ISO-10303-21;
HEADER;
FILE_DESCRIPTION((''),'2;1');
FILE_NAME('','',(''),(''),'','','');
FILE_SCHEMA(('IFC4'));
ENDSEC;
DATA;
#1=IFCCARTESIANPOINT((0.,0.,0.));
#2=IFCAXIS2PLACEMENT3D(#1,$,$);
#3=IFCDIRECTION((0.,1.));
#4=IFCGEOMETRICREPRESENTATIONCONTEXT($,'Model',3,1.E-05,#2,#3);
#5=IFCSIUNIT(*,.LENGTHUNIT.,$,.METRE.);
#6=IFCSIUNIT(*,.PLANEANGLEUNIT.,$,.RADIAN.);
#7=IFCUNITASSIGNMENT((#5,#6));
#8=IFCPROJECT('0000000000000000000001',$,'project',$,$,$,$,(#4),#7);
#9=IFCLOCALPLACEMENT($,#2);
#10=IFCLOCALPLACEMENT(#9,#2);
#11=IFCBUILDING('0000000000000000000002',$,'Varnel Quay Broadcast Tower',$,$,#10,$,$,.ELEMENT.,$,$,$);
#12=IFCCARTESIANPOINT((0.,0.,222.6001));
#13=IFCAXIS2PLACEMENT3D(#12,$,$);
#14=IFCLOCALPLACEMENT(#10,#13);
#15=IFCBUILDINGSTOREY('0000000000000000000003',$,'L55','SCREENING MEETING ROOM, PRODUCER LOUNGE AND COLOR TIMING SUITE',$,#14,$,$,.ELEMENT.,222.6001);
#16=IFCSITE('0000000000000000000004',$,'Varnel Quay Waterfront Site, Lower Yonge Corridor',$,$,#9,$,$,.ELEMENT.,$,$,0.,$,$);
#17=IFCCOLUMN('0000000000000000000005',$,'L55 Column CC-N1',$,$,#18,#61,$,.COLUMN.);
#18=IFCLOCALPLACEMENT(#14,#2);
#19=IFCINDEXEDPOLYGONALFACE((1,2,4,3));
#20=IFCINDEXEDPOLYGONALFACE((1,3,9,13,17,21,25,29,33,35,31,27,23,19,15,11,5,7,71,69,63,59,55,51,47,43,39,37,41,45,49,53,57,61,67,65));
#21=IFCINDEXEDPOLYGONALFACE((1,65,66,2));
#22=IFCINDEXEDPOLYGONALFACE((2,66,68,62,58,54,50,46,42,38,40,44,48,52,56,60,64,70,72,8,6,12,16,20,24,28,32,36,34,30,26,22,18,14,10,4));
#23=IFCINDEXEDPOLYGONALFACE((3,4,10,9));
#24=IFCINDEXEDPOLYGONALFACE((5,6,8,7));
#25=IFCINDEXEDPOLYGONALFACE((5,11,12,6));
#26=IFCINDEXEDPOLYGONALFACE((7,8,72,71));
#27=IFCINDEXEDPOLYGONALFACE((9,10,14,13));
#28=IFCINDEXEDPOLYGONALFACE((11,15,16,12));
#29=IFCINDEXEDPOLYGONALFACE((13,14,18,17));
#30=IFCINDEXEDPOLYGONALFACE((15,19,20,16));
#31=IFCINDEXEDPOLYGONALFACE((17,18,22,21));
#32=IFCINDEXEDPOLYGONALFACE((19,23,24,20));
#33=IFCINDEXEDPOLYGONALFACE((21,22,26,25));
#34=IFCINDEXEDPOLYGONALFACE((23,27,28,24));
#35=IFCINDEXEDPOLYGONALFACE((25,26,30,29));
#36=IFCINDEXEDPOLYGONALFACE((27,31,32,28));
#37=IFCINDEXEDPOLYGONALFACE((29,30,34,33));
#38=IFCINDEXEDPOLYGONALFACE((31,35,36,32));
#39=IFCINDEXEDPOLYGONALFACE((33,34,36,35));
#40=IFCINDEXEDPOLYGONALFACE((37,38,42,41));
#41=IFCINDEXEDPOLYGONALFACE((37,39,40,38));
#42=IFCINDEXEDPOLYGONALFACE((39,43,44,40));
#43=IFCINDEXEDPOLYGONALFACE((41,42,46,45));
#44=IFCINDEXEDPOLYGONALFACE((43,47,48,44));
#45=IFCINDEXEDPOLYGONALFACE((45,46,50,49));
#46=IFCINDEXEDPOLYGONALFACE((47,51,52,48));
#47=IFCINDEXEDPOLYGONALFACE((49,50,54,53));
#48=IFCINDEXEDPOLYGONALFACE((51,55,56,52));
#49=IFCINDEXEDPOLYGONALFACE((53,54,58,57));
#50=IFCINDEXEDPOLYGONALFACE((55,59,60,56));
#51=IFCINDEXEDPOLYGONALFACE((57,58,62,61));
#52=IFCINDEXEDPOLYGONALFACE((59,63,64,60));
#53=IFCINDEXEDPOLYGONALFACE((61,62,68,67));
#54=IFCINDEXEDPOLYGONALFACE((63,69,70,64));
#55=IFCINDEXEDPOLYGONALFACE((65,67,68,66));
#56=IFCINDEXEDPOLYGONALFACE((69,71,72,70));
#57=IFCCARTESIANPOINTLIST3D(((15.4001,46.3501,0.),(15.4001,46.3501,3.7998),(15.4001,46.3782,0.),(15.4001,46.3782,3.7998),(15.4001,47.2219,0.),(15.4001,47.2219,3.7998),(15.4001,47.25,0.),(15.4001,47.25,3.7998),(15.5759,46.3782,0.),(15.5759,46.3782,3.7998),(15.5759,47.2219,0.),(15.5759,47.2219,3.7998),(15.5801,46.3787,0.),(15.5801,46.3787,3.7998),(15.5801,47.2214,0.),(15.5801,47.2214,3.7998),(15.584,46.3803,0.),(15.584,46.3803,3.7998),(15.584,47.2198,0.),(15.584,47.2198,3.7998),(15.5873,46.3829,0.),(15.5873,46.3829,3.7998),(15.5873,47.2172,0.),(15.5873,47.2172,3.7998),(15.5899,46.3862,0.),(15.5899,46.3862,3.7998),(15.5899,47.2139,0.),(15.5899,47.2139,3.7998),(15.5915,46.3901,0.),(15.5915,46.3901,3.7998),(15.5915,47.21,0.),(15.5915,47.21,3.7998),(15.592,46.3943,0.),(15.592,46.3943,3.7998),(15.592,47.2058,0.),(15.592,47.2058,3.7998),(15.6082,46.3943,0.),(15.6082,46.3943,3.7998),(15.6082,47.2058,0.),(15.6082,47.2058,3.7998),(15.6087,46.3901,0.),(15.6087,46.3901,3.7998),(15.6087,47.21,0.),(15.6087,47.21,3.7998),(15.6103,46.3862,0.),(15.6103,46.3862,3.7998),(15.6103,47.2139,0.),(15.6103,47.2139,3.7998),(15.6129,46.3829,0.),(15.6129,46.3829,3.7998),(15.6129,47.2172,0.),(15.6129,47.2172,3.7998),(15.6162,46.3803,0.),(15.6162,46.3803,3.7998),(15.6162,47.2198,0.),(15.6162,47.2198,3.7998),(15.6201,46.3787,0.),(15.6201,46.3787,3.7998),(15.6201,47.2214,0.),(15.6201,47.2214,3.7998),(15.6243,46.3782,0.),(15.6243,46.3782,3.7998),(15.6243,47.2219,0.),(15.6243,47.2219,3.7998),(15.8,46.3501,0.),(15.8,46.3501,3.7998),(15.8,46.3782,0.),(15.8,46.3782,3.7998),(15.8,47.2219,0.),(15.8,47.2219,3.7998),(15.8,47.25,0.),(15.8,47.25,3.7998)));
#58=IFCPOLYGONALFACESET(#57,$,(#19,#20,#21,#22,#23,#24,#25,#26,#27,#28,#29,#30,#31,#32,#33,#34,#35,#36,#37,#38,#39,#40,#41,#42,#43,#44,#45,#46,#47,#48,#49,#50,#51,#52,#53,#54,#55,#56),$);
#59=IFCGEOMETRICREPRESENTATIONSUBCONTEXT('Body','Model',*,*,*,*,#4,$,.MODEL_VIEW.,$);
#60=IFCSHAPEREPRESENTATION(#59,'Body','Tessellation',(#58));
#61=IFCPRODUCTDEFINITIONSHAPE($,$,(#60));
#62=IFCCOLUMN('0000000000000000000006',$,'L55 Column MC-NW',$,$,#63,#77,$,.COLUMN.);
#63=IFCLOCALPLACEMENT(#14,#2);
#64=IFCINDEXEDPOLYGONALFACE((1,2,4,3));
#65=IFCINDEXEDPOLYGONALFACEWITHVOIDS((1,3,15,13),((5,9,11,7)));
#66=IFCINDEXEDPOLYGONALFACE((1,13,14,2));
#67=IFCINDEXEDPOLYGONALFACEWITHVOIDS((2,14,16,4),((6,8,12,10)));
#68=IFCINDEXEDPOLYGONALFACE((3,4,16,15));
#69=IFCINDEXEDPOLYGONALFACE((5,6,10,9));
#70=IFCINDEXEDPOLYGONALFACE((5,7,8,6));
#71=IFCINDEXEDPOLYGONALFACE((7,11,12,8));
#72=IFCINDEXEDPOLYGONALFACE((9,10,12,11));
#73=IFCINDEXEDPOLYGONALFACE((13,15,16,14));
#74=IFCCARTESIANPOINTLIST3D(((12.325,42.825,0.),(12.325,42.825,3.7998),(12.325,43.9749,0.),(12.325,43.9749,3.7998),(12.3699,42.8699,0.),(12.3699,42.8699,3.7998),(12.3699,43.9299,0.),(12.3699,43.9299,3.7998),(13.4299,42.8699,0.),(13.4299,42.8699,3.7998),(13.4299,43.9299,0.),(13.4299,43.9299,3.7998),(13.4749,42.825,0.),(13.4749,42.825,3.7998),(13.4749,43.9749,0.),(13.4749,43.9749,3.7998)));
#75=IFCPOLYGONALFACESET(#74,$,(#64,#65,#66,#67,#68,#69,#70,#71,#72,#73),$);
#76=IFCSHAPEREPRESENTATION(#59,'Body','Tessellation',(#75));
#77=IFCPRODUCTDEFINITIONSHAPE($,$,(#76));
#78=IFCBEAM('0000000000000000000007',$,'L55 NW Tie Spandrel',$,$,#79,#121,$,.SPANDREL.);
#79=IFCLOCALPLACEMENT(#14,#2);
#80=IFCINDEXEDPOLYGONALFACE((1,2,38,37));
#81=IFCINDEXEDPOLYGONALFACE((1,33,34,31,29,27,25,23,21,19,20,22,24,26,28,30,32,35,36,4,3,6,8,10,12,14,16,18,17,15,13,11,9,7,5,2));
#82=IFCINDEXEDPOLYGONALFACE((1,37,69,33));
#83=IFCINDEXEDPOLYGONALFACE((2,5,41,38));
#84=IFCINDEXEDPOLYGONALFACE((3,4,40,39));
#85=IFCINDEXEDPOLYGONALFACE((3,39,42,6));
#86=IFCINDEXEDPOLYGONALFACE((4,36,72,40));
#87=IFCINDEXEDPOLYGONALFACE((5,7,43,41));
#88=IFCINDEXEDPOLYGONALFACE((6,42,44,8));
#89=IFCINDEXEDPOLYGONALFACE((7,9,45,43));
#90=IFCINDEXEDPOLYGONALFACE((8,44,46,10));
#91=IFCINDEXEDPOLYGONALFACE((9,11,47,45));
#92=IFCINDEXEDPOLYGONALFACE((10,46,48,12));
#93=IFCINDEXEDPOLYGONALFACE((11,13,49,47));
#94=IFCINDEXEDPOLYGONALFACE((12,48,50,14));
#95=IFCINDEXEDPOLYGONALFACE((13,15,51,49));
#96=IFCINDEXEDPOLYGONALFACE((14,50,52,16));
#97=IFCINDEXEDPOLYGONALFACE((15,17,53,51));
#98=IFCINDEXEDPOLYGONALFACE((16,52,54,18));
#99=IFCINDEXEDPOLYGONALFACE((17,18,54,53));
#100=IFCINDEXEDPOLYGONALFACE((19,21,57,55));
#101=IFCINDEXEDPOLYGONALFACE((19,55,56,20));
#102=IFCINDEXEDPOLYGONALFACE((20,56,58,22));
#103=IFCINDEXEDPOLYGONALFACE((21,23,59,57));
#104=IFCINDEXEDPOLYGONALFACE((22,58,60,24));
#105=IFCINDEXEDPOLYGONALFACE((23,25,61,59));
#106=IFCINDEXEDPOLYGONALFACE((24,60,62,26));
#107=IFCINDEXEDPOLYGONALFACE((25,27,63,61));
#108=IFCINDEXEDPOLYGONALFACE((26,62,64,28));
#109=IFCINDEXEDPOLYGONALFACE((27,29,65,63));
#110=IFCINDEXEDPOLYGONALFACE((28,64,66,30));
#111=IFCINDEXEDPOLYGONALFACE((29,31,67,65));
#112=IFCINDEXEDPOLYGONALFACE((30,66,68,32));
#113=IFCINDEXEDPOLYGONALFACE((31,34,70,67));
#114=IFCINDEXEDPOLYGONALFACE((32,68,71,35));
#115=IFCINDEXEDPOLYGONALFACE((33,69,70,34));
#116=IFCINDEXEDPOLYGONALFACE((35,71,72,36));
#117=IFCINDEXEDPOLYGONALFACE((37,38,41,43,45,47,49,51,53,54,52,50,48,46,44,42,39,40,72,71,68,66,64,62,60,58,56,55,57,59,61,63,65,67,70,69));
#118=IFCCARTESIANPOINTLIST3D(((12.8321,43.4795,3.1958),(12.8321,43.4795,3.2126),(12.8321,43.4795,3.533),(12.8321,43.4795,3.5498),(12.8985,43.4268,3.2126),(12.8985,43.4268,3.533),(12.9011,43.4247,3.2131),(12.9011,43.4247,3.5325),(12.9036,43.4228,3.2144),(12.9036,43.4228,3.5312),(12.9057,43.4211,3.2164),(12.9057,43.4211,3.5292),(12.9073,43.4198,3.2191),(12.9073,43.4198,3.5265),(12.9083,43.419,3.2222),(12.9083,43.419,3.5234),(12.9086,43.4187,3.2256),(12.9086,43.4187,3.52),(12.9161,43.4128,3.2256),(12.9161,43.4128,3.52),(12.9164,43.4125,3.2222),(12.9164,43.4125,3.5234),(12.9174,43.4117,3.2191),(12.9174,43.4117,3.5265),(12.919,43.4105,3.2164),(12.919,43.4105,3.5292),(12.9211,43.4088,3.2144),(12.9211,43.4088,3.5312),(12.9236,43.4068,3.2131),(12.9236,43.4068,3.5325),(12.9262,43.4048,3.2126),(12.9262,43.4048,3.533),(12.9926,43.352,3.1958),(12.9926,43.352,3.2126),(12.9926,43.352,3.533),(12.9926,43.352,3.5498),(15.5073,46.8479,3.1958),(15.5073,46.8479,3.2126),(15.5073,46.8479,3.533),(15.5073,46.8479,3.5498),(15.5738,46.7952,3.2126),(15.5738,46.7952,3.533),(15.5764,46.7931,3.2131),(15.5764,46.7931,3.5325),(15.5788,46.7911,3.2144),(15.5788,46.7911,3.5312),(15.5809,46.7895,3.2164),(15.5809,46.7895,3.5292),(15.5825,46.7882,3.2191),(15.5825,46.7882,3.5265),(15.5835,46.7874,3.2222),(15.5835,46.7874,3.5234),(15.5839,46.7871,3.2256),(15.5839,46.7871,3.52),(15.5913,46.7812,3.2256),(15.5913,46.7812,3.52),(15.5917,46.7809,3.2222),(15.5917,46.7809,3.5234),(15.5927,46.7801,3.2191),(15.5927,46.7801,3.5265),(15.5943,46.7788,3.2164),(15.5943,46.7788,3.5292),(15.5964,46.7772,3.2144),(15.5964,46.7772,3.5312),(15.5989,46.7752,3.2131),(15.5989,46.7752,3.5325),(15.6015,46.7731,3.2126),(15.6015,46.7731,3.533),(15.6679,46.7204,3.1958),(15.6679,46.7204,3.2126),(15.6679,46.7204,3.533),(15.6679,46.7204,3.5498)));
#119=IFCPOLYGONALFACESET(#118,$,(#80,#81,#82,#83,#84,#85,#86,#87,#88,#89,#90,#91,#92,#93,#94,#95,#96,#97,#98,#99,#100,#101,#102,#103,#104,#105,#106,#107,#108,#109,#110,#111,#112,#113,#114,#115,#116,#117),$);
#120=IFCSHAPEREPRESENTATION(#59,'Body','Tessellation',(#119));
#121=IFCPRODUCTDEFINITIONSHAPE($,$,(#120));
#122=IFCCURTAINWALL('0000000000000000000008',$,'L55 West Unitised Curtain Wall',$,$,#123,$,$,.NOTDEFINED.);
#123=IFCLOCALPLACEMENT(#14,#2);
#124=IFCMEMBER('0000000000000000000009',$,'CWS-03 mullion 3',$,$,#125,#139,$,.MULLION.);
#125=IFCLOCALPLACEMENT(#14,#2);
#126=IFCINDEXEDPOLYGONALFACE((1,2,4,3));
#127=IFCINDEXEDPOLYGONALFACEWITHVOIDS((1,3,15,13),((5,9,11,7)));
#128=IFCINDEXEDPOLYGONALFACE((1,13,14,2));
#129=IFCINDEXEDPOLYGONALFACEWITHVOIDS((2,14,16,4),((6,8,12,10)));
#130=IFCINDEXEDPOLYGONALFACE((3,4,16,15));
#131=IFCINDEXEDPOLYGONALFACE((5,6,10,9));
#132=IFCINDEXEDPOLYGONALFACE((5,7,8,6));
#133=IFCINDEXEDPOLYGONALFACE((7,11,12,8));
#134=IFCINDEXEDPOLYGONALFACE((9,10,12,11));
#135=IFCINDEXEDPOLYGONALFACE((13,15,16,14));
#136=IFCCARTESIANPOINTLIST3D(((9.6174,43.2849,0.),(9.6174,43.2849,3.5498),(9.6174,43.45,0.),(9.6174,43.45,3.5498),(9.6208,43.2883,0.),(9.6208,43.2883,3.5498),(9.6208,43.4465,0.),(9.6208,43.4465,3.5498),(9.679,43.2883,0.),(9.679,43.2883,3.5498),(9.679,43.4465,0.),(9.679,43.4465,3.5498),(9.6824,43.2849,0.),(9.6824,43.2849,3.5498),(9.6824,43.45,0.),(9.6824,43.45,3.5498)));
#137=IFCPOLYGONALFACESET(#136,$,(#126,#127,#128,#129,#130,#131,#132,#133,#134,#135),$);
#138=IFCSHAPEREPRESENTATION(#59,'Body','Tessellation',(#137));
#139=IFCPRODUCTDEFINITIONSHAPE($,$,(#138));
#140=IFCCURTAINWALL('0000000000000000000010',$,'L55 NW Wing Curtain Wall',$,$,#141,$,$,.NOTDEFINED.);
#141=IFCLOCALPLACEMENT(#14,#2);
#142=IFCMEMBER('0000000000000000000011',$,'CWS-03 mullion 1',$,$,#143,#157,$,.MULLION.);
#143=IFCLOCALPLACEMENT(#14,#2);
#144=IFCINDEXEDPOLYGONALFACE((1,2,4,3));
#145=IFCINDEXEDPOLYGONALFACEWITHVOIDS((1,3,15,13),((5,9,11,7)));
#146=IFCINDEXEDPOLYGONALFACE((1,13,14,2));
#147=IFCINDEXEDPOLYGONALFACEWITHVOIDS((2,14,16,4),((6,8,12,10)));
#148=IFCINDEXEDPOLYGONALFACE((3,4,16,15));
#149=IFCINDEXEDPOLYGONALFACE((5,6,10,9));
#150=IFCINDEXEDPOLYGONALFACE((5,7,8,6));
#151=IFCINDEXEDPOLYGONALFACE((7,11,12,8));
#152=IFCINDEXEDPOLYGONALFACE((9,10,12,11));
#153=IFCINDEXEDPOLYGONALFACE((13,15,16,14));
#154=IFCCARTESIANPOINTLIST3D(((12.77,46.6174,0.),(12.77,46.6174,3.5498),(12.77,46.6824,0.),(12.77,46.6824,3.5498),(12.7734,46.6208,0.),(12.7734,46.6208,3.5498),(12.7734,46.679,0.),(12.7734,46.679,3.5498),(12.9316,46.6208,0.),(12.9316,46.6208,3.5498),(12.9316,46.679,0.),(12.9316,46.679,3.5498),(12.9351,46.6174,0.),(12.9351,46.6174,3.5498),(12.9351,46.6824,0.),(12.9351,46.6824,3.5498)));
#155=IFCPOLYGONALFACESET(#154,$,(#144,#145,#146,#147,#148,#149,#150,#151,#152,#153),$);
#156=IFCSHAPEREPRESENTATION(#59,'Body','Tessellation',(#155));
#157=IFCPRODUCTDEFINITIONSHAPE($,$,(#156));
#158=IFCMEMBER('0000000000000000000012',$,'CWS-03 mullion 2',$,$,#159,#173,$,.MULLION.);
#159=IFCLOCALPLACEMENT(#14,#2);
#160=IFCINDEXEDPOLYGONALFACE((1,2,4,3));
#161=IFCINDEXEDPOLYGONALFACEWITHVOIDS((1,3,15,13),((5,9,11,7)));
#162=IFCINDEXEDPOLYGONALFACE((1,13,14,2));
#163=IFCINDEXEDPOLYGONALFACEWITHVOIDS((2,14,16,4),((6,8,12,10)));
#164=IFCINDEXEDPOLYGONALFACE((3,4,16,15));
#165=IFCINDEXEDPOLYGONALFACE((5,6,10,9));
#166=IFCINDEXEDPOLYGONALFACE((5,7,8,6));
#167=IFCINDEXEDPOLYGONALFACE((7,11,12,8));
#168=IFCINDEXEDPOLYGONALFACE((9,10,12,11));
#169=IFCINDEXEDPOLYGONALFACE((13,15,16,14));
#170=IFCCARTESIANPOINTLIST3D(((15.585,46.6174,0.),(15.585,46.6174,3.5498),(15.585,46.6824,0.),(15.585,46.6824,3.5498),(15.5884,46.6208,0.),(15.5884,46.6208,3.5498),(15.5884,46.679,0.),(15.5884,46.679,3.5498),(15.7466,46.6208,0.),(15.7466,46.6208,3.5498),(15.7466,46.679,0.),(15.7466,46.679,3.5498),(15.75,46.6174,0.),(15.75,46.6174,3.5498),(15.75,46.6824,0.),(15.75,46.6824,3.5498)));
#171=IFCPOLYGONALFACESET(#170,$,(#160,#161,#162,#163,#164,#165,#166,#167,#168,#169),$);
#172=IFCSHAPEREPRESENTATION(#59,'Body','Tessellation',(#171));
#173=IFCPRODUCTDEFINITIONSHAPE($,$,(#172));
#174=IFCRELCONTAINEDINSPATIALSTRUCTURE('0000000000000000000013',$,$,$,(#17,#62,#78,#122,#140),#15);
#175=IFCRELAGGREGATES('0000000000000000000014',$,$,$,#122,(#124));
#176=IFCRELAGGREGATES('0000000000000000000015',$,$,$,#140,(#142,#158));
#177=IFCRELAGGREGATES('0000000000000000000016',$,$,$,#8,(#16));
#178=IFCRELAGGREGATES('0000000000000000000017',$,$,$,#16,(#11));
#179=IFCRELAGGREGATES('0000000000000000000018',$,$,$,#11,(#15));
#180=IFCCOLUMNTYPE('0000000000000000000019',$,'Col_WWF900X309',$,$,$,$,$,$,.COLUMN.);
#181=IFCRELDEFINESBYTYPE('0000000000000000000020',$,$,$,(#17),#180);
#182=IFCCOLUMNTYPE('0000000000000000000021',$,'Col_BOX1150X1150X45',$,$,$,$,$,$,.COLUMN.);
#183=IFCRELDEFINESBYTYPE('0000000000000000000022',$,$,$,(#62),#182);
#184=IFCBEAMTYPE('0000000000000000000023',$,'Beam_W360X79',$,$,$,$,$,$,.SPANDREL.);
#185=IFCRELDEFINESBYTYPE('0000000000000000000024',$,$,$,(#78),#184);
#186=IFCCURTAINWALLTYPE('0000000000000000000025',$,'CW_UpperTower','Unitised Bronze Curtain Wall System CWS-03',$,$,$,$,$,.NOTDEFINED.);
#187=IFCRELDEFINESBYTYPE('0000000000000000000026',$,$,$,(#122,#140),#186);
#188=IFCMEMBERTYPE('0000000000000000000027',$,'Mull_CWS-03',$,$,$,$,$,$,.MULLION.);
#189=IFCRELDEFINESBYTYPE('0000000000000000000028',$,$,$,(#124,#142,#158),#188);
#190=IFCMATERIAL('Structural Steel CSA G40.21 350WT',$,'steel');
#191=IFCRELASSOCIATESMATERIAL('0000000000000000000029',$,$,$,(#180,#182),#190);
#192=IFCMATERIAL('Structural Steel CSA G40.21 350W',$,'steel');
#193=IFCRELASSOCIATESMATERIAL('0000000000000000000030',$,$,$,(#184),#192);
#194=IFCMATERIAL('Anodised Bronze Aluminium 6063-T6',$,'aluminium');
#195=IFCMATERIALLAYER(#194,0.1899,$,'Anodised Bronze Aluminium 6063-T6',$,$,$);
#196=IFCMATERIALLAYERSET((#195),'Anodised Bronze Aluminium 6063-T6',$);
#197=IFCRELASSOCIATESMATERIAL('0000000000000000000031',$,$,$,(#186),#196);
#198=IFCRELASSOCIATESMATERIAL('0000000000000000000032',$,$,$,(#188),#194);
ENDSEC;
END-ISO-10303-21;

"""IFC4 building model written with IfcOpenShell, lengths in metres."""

from ifc_helpers import new_model, si_unit, direction, frame, origin, origin_2d, place, context, subcontext, project, spatial, hollow_rectangle, i_section, extrude, source, transform, mapped, material, layer, layer_set, material_profile, profile_set, type_object, type_shapes, element, aggregate, save


model = new_model("IFC4")

# Units and contexts
model_context = context("Model", 3, precision=1e-05, world=origin(), true_north=direction((0.0, 1.0)))
body_context = subcontext(model_context, "Body", "Model", "MODEL_VIEW")
ifc_project = project(units=[si_unit("LENGTHUNIT", "METRE"), si_unit("PLANEANGLEUNIT", "RADIAN")], contexts=[model_context])

# Site, building, storey
site_placement = place(None, origin())
site = spatial("IfcSite", under=ifc_project, at=site_placement, Name="Varnel Quay Waterfront Site, Lower Yonge Corridor", CompositionType="ELEMENT", RefElevation=0.0)
building_placement = place(site_placement, origin())
building = spatial("IfcBuilding", under=site, at=building_placement, Name="Varnel Quay Broadcast Tower", CompositionType="ELEMENT")
storey_placement = place(building_placement, frame((0.0, 0.0, 222.6001)))
storey = spatial("IfcBuildingStorey", under=building, at=storey_placement, Name="L55", Description="SCREENING MEETING ROOM, PRODUCER LOUNGE AND COLOR TIMING SUITE", CompositionType="ELEMENT", Elevation=222.6001)

# Columns
ifc_material_1 = material(Name="Structural Steel CSA G40.21 350WT", Category="steel")
ifc_material_profile_1 = material_profile(ifc_material_1, i_section(OverallWidth=0.3999, OverallDepth=0.8999, WebThickness=0.0161, FlangeThickness=0.0281, FilletRadius=0.0161, at=origin_2d()), Name="WWF900X309")
ifc_profile_set_1 = profile_set([ifc_material_profile_1], Name="Structural Steel CSA G40.21 350WT")
column_type_1 = type_object("IfcColumnType", Name="Col_WWF900X309", PredefinedType="COLUMN", material=ifc_profile_set_1)
shared_shape_1 = source(origin(), body_context, "Body", "SweptSolid", [
    extrude(i_section(OverallWidth=0.3999, OverallDepth=0.8999, WebThickness=0.0161, FlangeThickness=0.0281, FilletRadius=0.0161, at=origin_2d()), origin(), (0.0, 0.0, 1.0), 3.7998),
])
type_shapes(column_type_1, [shared_shape_1])
column_1_placement = place(storey_placement, frame((15.6001, 46.8, 0.0), z_axis=(0.0, 0.0, 1.0), x_axis=(1.0, 0.0, 0.0)))
element("IfcColumn", 1, at=column_1_placement, inside=storey, type_object=column_type_1, Name="L55 Column CC-N1", PredefinedType="COLUMN", context=body_context, shape_type="MappedRepresentation", body=[
    mapped(shared_shape_1, transform((0.0, 0.0, 0.0), x_axis=(1.0, 0.0, 0.0), y_axis=(0.0, 1.0, 0.0), z_axis=(0.0, 0.0, 1.0), scale=1.0)),
])
ifc_material_profile_2 = material_profile(ifc_material_1, hollow_rectangle(XDim=1.1499, YDim=1.1499, WallThickness=0.0449, at=origin_2d()), Name="BOX1150X1150X45")
ifc_profile_set_2 = profile_set([ifc_material_profile_2], Name="Structural Steel CSA G40.21 350WT")
column_type_2 = type_object("IfcColumnType", Name="Col_BOX1150X1150X45", PredefinedType="COLUMN", material=ifc_profile_set_2)
shared_shape_2 = source(origin(), body_context, "Body", "SweptSolid", [
    extrude(hollow_rectangle(XDim=1.1499, YDim=1.1499, WallThickness=0.0449, at=origin_2d()), origin(), (0.0, 0.0, 1.0), 3.7998),
])
type_shapes(column_type_2, [shared_shape_2])
column_2_placement = place(storey_placement, frame((12.8999, 43.3999, 0.0), z_axis=(0.0, 0.0, 1.0), x_axis=(1.0, 0.0, 0.0)))
element("IfcColumn", 2, at=column_2_placement, inside=storey, type_object=column_type_2, Name="L55 Column MC-NW", PredefinedType="COLUMN", context=body_context, shape_type="MappedRepresentation", body=[
    mapped(shared_shape_2, transform((0.0, 0.0, 0.0), x_axis=(1.0, 0.0, 0.0), y_axis=(0.0, 1.0, 0.0), z_axis=(0.0, 0.0, 1.0), scale=1.0)),
])

# Beam
ifc_material_2 = material(Name="Structural Steel CSA G40.21 350W", Category="steel")
ifc_material_profile_3 = material_profile(ifc_material_2, i_section(OverallWidth=0.2051, OverallDepth=0.354, WebThickness=0.0095, FlangeThickness=0.0168, FilletRadius=0.0129, at=origin_2d()), Name="W360X79")
ifc_profile_set_3 = profile_set([ifc_material_profile_3], Name="Structural Steel CSA G40.21 350W")
beam_type = type_object("IfcBeamType", Name="Beam_W360X79", PredefinedType="SPANDREL", material=ifc_profile_set_3)
shared_shape_3 = source(origin(), body_context, "Body", "SweptSolid", [
    extrude(i_section(OverallWidth=0.2051, OverallDepth=0.354, WebThickness=0.0095, FlangeThickness=0.0168, FilletRadius=0.0129, at=origin_2d()), origin(), (0.0, 0.0, 1.0), 4.3015),
])
type_shapes(beam_type, [shared_shape_3])
beam_placement = place(storey_placement, frame((12.9124, 43.4158, 3.3728), z_axis=(0.621936, 0.783068, 0.0), x_axis=(-0.783068, 0.621936, 0.0)))
element("IfcBeam", 3, at=beam_placement, inside=storey, type_object=beam_type, Name="L55 NW Tie Spandrel", PredefinedType="SPANDREL", context=body_context, shape_type="MappedRepresentation", body=[
    mapped(shared_shape_3, transform((0.0, 0.0, 0.0), x_axis=(1.0, 0.0, 0.0), y_axis=(0.0, 1.0, 0.0), z_axis=(0.0, 0.0, 1.0), scale=1.0)),
])

# Curtain wall, member
ifc_material_3 = material(Name="Anodised Bronze Aluminium 6063-T6", Category="aluminium")
ifc_layer_1 = layer(ifc_material_3, 0.1899, Name="Anodised Bronze Aluminium 6063-T6")
ifc_layer_set_1 = layer_set([ifc_layer_1], Name="Anodised Bronze Aluminium 6063-T6")
curtain_wall_type = type_object("IfcCurtainWallType", Name="CW_UpperTower", Description="Unitised Bronze Curtain Wall System CWS-03", PredefinedType="NOTDEFINED", material=ifc_layer_set_1)
curtain_wall_1_placement = place(storey_placement, origin())
curtain_wall_1 = element("IfcCurtainWall", 4, at=curtain_wall_1_placement, inside=storey, type_object=curtain_wall_type, Name="L55 West Unitised Curtain Wall", PredefinedType="NOTDEFINED")
ifc_material_profile_4 = material_profile(ifc_material_3, hollow_rectangle(XDim=0.0649, YDim=0.165, WallThickness=0.0034, at=origin_2d()), Name="ALU65X165X3.5")
ifc_profile_set_4 = profile_set([ifc_material_profile_4], Name="Anodised Bronze Aluminium 6063-T6")
member_type_1 = type_object("IfcMemberType", Name="Mull_CWS-03", PredefinedType="MULLION", material=ifc_profile_set_4)
shared_shape_4 = source(origin(), body_context, "Body", "SweptSolid", [
    extrude(hollow_rectangle(XDim=0.0649, YDim=0.165, WallThickness=0.0034, at=origin_2d()), origin(), (0.0, 0.0, 1.0), 3.5498),
])
type_shapes(member_type_1, [shared_shape_4])
member_1_placement = place(storey_placement, frame((9.6499, 43.3674, 0.0), z_axis=(0.0, 0.0, 1.0), x_axis=(-1.0, 0.0, 0.0)))
member_1 = element("IfcMember", 5, at=member_1_placement, type_object=member_type_1, Name="CWS-03 mullion 3", PredefinedType="MULLION", context=body_context, shape_type="MappedRepresentation", body=[
    mapped(shared_shape_4, transform((0.0, 0.0, 0.0), x_axis=(1.0, 0.0, 0.0), y_axis=(0.0, 1.0, 0.0), z_axis=(0.0, 0.0, 1.0), scale=1.0)),
])
aggregate(curtain_wall_1, [member_1])

# Curtain wall, members
curtain_wall_2_placement = place(storey_placement, origin())
curtain_wall_2 = element("IfcCurtainWall", 6, at=curtain_wall_2_placement, inside=storey, type_object=curtain_wall_type, Name="L55 NW Wing Curtain Wall", PredefinedType="NOTDEFINED")
member_2_placement = place(storey_placement, frame((12.8525, 46.6499, 0.0), z_axis=(0.0, 0.0, 1.0), x_axis=(0.0, 1.0, 0.0)))
member_2 = element("IfcMember", 7, at=member_2_placement, type_object=member_type_1, Name="CWS-03 mullion 1", PredefinedType="MULLION", context=body_context, shape_type="MappedRepresentation", body=[
    mapped(shared_shape_4, transform((0.0, 0.0, 0.0), x_axis=(1.0, 0.0, 0.0), y_axis=(0.0, 1.0, 0.0), z_axis=(0.0, 0.0, 1.0), scale=1.0)),
])
member_3_placement = place(storey_placement, frame((15.6675, 46.6499, 0.0), z_axis=(0.0, 0.0, 1.0), x_axis=(0.0, 1.0, 0.0)))
member_3 = element("IfcMember", 8, at=member_3_placement, type_object=member_type_1, Name="CWS-03 mullion 2", PredefinedType="MULLION", context=body_context, shape_type="MappedRepresentation", body=[
    mapped(shared_shape_4, transform((0.0, 0.0, 0.0), x_axis=(1.0, 0.0, 0.0), y_axis=(0.0, 1.0, 0.0), z_axis=(0.0, 0.0, 1.0), scale=1.0)),
])
aggregate(curtain_wall_2, [member_2, member_3])

save(model, "model.ifc")
